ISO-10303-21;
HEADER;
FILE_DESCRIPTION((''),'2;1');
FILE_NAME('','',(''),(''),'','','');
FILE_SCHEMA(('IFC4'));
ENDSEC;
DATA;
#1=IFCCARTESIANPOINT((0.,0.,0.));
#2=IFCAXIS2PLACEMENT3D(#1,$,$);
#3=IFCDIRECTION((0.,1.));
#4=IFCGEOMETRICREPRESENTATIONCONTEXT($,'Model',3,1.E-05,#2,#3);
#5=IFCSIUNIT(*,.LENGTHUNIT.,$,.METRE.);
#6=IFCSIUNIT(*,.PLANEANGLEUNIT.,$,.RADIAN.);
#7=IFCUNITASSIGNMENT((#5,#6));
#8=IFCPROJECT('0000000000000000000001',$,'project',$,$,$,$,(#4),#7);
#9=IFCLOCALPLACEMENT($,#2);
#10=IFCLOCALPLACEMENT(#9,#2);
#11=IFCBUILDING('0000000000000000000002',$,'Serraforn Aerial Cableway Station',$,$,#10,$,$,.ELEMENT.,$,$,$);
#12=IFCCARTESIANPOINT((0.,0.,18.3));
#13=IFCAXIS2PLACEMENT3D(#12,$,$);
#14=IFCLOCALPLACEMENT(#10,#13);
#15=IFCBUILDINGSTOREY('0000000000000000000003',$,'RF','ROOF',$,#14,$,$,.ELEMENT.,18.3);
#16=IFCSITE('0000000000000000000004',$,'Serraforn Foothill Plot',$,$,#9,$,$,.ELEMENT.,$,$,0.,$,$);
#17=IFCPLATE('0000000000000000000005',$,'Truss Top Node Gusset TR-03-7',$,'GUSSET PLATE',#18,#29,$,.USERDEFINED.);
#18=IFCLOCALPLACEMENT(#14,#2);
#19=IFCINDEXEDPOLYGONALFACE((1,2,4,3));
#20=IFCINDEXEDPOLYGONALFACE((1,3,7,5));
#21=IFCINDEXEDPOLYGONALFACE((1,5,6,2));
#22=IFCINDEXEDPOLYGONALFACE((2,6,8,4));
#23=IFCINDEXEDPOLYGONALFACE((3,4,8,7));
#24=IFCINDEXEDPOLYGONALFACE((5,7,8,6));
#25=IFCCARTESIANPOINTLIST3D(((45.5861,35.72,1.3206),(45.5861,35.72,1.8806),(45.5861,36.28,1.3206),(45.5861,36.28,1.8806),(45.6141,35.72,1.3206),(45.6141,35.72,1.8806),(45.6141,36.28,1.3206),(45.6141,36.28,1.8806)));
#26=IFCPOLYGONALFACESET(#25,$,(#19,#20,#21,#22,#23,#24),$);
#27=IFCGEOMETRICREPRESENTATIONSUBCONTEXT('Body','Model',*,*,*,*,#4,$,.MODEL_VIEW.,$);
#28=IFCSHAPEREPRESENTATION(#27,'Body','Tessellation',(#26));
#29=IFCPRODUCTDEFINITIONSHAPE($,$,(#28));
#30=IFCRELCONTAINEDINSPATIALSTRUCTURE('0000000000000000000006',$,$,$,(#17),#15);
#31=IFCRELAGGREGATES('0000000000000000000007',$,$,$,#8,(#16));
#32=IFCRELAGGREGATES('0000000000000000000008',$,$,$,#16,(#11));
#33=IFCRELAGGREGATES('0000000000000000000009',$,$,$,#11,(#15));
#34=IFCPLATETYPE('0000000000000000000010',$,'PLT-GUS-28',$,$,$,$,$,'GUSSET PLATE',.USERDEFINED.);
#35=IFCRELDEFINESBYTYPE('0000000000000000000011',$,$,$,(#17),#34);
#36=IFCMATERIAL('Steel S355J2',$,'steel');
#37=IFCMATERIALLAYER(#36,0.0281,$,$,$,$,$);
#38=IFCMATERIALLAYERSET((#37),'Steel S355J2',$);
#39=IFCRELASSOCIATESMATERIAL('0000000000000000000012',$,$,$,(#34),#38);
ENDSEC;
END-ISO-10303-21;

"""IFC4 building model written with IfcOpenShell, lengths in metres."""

from ifc_helpers import new_model, si_unit, direction, frame, origin, origin_2d, place, context, subcontext, project, spatial, rectangle, extrude, material, layer, layer_set, type_object, element, save


model = new_model("IFC4")

# Units and contexts
model_context = context("Model", 3, precision=1e-05, world=origin(), true_north=direction((0.0, 1.0)))
body_context = subcontext(model_context, "Body", "Model", "MODEL_VIEW")
ifc_project = project(units=[si_unit("LENGTHUNIT", "METRE"), si_unit("PLANEANGLEUNIT", "RADIAN")], contexts=[model_context])

# Site, building, storey
site_placement = place(None, origin())
site = spatial("IfcSite", under=ifc_project, at=site_placement, Name="Serraforn Foothill Plot", CompositionType="ELEMENT", RefElevation=0.0)
building_placement = place(site_placement, origin())
building = spatial("IfcBuilding", under=site, at=building_placement, Name="Serraforn Aerial Cableway Station", CompositionType="ELEMENT")
storey_placement = place(building_placement, frame((0.0, 0.0, 18.3)))
storey = spatial("IfcBuildingStorey", under=building, at=storey_placement, Name="RF", Description="ROOF", CompositionType="ELEMENT", Elevation=18.3)

# Shared definitions
ifc_material_1 = material(Name="Steel S355J2", Category="steel")

# Plate
ifc_layer_1 = layer(ifc_material_1, 0.0281)
ifc_layer_set_1 = layer_set([ifc_layer_1], Name="Steel S355J2")
plate_type_1 = type_object("IfcPlateType", Name="PLT-GUS-28", ElementType="GUSSET PLATE", PredefinedType="USERDEFINED", material=ifc_layer_set_1)
plate_1_placement = place(storey_placement, frame((45.6001, 36.0, 1.3206), z_axis=(0.0, 0.0, 1.0), x_axis=(1.0, 0.0, 0.0)))
element("IfcPlate", 1, at=plate_1_placement, inside=storey, type_object=plate_type_1, Name="Truss Top Node Gusset TR-03-7", ObjectType="GUSSET PLATE", PredefinedType="USERDEFINED", context=body_context, shape_type="SweptSolid", body=[
    extrude(rectangle(XDim=0.0281, YDim=0.5601, at=origin_2d()), origin(), (0.0, 0.0, 1.0), 0.5601),
])

save(model, "model.ifc")
